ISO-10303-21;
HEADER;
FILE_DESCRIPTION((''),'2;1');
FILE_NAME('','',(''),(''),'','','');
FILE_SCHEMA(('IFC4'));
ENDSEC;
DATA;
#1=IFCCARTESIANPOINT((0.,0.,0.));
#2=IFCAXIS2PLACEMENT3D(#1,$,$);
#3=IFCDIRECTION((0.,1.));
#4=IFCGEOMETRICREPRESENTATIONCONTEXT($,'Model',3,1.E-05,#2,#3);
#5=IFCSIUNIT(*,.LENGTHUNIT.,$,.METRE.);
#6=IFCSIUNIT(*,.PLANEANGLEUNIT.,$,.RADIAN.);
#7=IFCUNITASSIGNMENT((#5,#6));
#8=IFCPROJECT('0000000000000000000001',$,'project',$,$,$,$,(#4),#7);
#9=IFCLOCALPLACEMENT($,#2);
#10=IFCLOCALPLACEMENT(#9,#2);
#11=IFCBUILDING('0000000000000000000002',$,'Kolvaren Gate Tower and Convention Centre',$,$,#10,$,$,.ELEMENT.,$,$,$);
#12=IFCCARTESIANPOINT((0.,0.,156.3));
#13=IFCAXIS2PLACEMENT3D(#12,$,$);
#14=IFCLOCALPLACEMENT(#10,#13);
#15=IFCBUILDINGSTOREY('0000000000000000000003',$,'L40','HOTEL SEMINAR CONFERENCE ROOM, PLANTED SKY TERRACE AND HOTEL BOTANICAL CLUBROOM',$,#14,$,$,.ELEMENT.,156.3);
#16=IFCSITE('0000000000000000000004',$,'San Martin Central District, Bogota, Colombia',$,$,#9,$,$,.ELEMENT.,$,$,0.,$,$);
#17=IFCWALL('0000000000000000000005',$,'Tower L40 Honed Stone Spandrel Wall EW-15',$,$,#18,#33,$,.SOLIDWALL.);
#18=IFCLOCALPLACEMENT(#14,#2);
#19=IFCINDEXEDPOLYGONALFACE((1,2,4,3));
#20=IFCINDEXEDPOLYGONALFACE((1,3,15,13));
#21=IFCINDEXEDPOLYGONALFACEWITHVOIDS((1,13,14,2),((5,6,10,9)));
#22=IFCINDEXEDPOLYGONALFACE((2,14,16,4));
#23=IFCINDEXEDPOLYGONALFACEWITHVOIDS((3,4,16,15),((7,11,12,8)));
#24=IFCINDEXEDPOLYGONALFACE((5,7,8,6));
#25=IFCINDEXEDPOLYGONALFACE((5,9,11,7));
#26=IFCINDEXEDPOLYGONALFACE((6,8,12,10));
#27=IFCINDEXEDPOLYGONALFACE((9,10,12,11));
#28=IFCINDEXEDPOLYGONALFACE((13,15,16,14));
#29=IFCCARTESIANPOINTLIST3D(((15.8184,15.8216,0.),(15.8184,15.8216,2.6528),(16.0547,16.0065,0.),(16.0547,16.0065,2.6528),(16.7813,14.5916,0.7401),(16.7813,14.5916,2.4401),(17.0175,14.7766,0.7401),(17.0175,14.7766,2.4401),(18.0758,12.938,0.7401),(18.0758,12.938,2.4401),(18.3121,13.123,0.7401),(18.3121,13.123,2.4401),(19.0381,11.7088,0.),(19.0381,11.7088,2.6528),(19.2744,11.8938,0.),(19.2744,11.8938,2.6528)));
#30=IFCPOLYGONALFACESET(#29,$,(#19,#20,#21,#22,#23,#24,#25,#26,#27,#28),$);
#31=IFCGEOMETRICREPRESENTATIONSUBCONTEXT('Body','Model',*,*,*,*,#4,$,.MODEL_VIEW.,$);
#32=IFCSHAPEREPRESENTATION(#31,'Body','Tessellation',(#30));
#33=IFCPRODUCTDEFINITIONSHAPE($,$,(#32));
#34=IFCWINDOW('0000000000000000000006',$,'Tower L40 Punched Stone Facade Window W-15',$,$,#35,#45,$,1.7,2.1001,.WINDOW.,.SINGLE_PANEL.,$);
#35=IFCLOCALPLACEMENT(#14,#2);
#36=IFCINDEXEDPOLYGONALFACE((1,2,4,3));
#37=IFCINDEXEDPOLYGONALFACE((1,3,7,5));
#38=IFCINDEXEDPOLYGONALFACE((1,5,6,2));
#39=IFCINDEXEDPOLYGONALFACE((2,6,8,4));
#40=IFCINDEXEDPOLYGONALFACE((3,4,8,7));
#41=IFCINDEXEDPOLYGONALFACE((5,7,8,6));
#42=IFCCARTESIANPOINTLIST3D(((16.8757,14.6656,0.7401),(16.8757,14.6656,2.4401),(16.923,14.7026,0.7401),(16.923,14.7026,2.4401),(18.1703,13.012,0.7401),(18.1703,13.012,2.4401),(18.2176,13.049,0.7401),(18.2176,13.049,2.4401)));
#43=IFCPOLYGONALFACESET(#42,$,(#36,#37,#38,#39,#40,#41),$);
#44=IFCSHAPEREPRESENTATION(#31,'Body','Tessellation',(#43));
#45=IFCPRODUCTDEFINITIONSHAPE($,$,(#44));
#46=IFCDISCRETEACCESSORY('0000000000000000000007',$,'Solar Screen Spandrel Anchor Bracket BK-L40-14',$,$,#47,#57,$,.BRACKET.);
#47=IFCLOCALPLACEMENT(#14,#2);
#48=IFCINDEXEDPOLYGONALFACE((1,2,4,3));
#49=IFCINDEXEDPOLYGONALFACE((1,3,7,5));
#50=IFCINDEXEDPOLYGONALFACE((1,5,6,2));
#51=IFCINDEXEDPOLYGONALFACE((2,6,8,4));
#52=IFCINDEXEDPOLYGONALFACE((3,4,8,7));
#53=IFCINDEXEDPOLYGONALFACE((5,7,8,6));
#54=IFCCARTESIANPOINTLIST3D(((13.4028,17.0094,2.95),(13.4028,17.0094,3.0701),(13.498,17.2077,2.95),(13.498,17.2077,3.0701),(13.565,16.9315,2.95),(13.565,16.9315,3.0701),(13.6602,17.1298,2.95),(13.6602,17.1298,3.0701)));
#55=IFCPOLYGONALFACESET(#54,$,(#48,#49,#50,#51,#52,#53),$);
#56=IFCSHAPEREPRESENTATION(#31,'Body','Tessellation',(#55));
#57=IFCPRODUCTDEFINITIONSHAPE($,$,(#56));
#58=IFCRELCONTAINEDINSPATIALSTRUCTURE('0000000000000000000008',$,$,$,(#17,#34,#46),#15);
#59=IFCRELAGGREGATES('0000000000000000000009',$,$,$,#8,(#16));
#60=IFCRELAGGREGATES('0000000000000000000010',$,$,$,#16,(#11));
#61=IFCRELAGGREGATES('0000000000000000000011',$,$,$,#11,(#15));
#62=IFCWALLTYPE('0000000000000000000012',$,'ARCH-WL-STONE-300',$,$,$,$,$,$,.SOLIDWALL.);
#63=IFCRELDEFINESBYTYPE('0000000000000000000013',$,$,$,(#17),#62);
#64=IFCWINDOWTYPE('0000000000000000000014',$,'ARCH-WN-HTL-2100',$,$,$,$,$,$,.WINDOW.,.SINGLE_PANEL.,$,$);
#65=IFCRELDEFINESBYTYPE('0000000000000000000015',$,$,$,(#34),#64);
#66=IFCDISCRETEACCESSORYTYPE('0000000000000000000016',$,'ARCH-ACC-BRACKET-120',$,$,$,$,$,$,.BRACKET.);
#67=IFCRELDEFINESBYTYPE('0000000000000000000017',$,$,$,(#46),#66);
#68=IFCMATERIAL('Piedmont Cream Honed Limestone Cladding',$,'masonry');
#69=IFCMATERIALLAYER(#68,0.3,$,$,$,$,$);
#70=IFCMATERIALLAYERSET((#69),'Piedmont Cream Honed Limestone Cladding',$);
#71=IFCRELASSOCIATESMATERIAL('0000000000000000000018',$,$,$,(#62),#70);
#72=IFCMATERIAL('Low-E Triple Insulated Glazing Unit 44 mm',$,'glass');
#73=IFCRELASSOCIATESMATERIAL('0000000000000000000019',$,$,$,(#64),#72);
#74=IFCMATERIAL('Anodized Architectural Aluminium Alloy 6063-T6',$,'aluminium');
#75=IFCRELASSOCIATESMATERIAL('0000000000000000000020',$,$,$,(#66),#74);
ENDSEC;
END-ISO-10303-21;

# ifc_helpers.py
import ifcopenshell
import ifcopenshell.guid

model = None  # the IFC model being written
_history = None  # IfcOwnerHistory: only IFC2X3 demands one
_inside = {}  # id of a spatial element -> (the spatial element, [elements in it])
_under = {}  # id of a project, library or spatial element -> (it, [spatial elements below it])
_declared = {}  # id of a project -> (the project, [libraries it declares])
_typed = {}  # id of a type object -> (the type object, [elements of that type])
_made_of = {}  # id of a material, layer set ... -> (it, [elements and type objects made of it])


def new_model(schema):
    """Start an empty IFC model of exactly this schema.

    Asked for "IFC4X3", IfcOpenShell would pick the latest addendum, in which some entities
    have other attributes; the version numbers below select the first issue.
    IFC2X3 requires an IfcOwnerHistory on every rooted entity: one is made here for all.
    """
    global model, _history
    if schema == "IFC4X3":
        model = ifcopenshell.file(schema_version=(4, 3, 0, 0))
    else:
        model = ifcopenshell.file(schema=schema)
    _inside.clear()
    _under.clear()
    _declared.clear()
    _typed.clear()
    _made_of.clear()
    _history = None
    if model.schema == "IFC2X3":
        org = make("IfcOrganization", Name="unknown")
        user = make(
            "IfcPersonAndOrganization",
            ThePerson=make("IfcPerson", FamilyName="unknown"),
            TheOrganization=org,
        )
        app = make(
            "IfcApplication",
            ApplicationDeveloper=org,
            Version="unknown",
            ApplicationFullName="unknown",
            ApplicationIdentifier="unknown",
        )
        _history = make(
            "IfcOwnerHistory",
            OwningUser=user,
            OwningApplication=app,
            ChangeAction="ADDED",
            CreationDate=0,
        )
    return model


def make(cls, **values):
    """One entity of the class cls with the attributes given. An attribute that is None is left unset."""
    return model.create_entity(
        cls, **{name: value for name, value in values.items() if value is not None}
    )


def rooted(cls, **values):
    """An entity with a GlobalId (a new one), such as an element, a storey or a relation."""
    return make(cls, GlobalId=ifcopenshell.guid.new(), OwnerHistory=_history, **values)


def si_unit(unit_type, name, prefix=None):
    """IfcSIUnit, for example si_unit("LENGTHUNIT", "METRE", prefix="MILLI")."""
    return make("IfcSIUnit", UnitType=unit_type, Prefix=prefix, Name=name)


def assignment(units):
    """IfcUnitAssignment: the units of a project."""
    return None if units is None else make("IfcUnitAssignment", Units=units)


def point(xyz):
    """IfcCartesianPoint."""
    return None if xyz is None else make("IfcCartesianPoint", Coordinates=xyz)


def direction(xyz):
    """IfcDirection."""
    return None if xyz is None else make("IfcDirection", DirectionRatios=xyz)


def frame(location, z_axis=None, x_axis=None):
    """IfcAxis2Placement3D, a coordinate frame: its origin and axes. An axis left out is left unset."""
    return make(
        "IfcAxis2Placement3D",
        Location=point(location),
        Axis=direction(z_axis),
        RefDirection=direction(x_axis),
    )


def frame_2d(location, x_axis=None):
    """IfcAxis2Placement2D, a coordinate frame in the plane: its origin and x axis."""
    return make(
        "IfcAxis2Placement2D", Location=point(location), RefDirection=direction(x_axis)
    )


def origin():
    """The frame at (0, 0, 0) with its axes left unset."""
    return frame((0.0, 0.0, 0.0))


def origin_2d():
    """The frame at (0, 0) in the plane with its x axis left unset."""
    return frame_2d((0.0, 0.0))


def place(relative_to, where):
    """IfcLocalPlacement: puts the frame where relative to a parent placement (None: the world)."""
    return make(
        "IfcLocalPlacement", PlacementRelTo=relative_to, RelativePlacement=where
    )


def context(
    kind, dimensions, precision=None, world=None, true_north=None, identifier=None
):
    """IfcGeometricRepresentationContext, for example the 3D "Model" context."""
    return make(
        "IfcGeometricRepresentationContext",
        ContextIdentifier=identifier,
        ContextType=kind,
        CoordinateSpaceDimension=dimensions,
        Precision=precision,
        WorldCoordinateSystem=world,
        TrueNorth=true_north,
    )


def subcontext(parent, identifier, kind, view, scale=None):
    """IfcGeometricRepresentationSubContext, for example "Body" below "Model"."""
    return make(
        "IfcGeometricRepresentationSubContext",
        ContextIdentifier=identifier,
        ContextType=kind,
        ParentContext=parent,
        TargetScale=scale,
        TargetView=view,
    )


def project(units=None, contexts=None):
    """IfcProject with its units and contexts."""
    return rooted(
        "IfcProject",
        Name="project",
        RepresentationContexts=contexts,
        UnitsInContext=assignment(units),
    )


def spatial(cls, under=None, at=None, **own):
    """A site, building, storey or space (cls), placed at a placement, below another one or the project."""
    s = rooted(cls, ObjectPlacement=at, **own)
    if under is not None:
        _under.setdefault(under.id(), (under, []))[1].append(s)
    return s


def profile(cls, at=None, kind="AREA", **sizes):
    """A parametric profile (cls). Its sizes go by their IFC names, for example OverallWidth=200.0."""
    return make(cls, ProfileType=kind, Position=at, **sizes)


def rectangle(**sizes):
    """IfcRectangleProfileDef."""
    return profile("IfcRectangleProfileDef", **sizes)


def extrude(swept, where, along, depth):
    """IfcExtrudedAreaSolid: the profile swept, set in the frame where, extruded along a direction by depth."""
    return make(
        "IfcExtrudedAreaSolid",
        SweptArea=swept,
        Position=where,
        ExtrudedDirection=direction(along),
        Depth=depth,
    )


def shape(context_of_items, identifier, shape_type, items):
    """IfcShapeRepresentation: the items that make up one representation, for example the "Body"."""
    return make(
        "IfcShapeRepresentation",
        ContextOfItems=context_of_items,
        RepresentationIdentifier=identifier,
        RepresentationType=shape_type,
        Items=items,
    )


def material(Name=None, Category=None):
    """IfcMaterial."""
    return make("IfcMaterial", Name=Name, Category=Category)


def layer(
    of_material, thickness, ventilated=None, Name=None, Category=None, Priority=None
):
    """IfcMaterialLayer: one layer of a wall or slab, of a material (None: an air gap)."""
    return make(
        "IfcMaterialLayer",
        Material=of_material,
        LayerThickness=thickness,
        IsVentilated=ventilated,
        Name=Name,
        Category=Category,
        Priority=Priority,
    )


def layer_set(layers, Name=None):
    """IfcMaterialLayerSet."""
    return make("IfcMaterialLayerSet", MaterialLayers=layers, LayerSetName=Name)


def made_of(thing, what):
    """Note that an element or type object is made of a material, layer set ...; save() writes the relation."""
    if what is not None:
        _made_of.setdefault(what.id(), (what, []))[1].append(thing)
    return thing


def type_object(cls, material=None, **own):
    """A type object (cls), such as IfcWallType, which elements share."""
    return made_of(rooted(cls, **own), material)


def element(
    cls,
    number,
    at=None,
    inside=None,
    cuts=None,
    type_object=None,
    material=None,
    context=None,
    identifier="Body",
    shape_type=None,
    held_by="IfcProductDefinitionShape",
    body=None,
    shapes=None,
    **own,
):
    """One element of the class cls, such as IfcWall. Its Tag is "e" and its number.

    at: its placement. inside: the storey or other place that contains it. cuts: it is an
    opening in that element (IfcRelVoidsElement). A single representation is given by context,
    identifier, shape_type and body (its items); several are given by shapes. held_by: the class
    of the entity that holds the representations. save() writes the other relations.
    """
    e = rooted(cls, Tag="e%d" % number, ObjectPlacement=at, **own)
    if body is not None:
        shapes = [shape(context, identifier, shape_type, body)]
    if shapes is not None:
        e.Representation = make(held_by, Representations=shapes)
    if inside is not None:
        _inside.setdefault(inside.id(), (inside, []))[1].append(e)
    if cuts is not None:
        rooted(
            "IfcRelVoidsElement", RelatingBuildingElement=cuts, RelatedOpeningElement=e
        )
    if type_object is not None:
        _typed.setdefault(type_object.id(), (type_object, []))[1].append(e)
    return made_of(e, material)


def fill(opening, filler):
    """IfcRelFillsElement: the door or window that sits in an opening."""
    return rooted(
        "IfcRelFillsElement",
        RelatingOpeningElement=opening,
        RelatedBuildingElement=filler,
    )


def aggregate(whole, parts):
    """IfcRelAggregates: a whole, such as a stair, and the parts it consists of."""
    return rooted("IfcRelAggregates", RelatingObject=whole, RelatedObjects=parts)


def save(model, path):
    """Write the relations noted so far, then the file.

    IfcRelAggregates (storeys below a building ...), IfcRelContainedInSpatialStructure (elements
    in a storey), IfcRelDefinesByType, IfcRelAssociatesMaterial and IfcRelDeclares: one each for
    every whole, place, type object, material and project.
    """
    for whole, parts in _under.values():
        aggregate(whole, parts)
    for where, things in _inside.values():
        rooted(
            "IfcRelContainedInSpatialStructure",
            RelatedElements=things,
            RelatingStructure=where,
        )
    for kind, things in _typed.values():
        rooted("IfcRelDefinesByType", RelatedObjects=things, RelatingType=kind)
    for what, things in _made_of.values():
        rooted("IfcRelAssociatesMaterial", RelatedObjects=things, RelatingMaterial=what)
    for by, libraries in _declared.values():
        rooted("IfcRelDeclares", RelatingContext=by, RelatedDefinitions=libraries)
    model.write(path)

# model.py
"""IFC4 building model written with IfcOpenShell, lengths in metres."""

from ifc_helpers import new_model, si_unit, direction, frame, frame_2d, origin, origin_2d, place, context, subcontext, project, spatial, rectangle, extrude, material, layer, layer_set, type_object, element, fill, save


model = new_model("IFC4")

# Units and contexts
model_context = context("Model", 3, precision=1e-05, world=origin(), true_north=direction((0.0, 1.0)))
body_context = subcontext(model_context, "Body", "Model", "MODEL_VIEW")
ifc_project = project(units=[si_unit("LENGTHUNIT", "METRE"), si_unit("PLANEANGLEUNIT", "RADIAN")], contexts=[model_context])

# Site, building, storey
site_placement = place(None, origin())
site = spatial("IfcSite", under=ifc_project, at=site_placement, Name="San Martin Central District, Bogota, Colombia", CompositionType="ELEMENT", RefElevation=0.0)
building_placement = place(site_placement, origin())
building = spatial("IfcBuilding", under=site, at=building_placement, Name="Kolvaren Gate Tower and Convention Centre", CompositionType="ELEMENT")
storey_placement = place(building_placement, frame((0.0, 0.0, 156.3)))
storey = spatial("IfcBuildingStorey", under=building, at=storey_placement, Name="L40", Description="HOTEL SEMINAR CONFERENCE ROOM, PLANTED SKY TERRACE AND HOTEL BOTANICAL CLUBROOM", CompositionType="ELEMENT", Elevation=156.3)

# Shared definitions
ifc_material_1 = material(Name="Anodized Architectural Aluminium Alloy 6063-T6", Category="aluminium")

# Shared definitions
ifc_material_2 = material(Name="Low-E Triple Insulated Glazing Unit 44 mm", Category="glass")

# Shared definitions
ifc_material_3 = material(Name="Piedmont Cream Honed Limestone Cladding", Category="masonry")

# Wall, opening, window
ifc_layer_1 = layer(ifc_material_3, 0.3)
ifc_layer_set_1 = layer_set([ifc_layer_1], Name="Piedmont Cream Honed Limestone Cladding")
wall_type_1 = type_object("IfcWallType", Name="ARCH-WL-STONE-300", PredefinedType="SOLIDWALL", material=ifc_layer_set_1)
wall_1_placement = place(storey_placement, frame((15.9365, 15.9141, 0.0), z_axis=(0.0, 0.0, 1.0), x_axis=(0.616429, -0.78741, 0.0)))
wall_1 = element("IfcWall", 1, at=wall_1_placement, inside=storey, type_object=wall_type_1, Name="Tower L40 Honed Stone Spandrel Wall EW-15", PredefinedType="SOLIDWALL", context=body_context, shape_type="SweptSolid", body=[
    extrude(rectangle(XDim=5.2231, YDim=0.3, at=frame_2d((2.6116, 0.0))), origin(), (0.0, 0.0, 1.0), 2.6528),
])
opening_placement = place(wall_1_placement, frame((1.562, 0.0, 0.74)))
opening = element("IfcOpeningElement", 2, at=opening_placement, cuts=wall_1, PredefinedType="OPENING", context=body_context, shape_type="SweptSolid", body=[
    extrude(rectangle(XDim=2.1001, YDim=1.7, at=frame_2d((1.05, 0.8501))), frame((0.0, 0.1599, 0.0), z_axis=(0.0, -1.0, 0.0), x_axis=(1.0, 0.0, 0.0)), (0.0, 0.0, 1.0), 0.3201),
])
window_type = type_object("IfcWindowType", Name="ARCH-WN-HTL-2100", PartitioningType="SINGLE_PANEL", PredefinedType="WINDOW", material=ifc_material_2)
window_placement = place(opening_placement, origin())
window = element("IfcWindow", 3, at=window_placement, inside=storey, type_object=window_type, Name="Tower L40 Punched Stone Facade Window W-15", OverallHeight=1.7, OverallWidth=2.1001, PartitioningType="SINGLE_PANEL", PredefinedType="WINDOW", context=body_context, shape_type="SweptSolid", body=[
    extrude(rectangle(XDim=2.1001, YDim=1.7, at=frame_2d((1.05, 0.8501))), frame((0.0, 0.03, 0.0), z_axis=(0.0, -1.0, 0.0), x_axis=(1.0, 0.0, 0.0)), (0.0, 0.0, 1.0), 0.0601),
])
fill(opening, window)

# Discrete accessory
discrete_accessory_type = type_object("IfcDiscreteAccessoryType", Name="ARCH-ACC-BRACKET-120", PredefinedType="BRACKET", material=ifc_material_1)
discrete_accessory_placement = place(storey_placement, frame((13.5315, 17.0696, 2.95), z_axis=(0.0, 0.0, 1.0), x_axis=(0.901358, -0.433074, 0.0)))
element("IfcDiscreteAccessory", 4, at=discrete_accessory_placement, inside=storey, type_object=discrete_accessory_type, Name="Solar Screen Spandrel Anchor Bracket BK-L40-14", PredefinedType="BRACKET", context=body_context, shape_type="SweptSolid", body=[
    extrude(rectangle(XDim=0.1799, YDim=0.22, at=origin_2d()), origin(), (0.0, 0.0, 1.0), 0.1201),
])

save(model, "model.ifc")
